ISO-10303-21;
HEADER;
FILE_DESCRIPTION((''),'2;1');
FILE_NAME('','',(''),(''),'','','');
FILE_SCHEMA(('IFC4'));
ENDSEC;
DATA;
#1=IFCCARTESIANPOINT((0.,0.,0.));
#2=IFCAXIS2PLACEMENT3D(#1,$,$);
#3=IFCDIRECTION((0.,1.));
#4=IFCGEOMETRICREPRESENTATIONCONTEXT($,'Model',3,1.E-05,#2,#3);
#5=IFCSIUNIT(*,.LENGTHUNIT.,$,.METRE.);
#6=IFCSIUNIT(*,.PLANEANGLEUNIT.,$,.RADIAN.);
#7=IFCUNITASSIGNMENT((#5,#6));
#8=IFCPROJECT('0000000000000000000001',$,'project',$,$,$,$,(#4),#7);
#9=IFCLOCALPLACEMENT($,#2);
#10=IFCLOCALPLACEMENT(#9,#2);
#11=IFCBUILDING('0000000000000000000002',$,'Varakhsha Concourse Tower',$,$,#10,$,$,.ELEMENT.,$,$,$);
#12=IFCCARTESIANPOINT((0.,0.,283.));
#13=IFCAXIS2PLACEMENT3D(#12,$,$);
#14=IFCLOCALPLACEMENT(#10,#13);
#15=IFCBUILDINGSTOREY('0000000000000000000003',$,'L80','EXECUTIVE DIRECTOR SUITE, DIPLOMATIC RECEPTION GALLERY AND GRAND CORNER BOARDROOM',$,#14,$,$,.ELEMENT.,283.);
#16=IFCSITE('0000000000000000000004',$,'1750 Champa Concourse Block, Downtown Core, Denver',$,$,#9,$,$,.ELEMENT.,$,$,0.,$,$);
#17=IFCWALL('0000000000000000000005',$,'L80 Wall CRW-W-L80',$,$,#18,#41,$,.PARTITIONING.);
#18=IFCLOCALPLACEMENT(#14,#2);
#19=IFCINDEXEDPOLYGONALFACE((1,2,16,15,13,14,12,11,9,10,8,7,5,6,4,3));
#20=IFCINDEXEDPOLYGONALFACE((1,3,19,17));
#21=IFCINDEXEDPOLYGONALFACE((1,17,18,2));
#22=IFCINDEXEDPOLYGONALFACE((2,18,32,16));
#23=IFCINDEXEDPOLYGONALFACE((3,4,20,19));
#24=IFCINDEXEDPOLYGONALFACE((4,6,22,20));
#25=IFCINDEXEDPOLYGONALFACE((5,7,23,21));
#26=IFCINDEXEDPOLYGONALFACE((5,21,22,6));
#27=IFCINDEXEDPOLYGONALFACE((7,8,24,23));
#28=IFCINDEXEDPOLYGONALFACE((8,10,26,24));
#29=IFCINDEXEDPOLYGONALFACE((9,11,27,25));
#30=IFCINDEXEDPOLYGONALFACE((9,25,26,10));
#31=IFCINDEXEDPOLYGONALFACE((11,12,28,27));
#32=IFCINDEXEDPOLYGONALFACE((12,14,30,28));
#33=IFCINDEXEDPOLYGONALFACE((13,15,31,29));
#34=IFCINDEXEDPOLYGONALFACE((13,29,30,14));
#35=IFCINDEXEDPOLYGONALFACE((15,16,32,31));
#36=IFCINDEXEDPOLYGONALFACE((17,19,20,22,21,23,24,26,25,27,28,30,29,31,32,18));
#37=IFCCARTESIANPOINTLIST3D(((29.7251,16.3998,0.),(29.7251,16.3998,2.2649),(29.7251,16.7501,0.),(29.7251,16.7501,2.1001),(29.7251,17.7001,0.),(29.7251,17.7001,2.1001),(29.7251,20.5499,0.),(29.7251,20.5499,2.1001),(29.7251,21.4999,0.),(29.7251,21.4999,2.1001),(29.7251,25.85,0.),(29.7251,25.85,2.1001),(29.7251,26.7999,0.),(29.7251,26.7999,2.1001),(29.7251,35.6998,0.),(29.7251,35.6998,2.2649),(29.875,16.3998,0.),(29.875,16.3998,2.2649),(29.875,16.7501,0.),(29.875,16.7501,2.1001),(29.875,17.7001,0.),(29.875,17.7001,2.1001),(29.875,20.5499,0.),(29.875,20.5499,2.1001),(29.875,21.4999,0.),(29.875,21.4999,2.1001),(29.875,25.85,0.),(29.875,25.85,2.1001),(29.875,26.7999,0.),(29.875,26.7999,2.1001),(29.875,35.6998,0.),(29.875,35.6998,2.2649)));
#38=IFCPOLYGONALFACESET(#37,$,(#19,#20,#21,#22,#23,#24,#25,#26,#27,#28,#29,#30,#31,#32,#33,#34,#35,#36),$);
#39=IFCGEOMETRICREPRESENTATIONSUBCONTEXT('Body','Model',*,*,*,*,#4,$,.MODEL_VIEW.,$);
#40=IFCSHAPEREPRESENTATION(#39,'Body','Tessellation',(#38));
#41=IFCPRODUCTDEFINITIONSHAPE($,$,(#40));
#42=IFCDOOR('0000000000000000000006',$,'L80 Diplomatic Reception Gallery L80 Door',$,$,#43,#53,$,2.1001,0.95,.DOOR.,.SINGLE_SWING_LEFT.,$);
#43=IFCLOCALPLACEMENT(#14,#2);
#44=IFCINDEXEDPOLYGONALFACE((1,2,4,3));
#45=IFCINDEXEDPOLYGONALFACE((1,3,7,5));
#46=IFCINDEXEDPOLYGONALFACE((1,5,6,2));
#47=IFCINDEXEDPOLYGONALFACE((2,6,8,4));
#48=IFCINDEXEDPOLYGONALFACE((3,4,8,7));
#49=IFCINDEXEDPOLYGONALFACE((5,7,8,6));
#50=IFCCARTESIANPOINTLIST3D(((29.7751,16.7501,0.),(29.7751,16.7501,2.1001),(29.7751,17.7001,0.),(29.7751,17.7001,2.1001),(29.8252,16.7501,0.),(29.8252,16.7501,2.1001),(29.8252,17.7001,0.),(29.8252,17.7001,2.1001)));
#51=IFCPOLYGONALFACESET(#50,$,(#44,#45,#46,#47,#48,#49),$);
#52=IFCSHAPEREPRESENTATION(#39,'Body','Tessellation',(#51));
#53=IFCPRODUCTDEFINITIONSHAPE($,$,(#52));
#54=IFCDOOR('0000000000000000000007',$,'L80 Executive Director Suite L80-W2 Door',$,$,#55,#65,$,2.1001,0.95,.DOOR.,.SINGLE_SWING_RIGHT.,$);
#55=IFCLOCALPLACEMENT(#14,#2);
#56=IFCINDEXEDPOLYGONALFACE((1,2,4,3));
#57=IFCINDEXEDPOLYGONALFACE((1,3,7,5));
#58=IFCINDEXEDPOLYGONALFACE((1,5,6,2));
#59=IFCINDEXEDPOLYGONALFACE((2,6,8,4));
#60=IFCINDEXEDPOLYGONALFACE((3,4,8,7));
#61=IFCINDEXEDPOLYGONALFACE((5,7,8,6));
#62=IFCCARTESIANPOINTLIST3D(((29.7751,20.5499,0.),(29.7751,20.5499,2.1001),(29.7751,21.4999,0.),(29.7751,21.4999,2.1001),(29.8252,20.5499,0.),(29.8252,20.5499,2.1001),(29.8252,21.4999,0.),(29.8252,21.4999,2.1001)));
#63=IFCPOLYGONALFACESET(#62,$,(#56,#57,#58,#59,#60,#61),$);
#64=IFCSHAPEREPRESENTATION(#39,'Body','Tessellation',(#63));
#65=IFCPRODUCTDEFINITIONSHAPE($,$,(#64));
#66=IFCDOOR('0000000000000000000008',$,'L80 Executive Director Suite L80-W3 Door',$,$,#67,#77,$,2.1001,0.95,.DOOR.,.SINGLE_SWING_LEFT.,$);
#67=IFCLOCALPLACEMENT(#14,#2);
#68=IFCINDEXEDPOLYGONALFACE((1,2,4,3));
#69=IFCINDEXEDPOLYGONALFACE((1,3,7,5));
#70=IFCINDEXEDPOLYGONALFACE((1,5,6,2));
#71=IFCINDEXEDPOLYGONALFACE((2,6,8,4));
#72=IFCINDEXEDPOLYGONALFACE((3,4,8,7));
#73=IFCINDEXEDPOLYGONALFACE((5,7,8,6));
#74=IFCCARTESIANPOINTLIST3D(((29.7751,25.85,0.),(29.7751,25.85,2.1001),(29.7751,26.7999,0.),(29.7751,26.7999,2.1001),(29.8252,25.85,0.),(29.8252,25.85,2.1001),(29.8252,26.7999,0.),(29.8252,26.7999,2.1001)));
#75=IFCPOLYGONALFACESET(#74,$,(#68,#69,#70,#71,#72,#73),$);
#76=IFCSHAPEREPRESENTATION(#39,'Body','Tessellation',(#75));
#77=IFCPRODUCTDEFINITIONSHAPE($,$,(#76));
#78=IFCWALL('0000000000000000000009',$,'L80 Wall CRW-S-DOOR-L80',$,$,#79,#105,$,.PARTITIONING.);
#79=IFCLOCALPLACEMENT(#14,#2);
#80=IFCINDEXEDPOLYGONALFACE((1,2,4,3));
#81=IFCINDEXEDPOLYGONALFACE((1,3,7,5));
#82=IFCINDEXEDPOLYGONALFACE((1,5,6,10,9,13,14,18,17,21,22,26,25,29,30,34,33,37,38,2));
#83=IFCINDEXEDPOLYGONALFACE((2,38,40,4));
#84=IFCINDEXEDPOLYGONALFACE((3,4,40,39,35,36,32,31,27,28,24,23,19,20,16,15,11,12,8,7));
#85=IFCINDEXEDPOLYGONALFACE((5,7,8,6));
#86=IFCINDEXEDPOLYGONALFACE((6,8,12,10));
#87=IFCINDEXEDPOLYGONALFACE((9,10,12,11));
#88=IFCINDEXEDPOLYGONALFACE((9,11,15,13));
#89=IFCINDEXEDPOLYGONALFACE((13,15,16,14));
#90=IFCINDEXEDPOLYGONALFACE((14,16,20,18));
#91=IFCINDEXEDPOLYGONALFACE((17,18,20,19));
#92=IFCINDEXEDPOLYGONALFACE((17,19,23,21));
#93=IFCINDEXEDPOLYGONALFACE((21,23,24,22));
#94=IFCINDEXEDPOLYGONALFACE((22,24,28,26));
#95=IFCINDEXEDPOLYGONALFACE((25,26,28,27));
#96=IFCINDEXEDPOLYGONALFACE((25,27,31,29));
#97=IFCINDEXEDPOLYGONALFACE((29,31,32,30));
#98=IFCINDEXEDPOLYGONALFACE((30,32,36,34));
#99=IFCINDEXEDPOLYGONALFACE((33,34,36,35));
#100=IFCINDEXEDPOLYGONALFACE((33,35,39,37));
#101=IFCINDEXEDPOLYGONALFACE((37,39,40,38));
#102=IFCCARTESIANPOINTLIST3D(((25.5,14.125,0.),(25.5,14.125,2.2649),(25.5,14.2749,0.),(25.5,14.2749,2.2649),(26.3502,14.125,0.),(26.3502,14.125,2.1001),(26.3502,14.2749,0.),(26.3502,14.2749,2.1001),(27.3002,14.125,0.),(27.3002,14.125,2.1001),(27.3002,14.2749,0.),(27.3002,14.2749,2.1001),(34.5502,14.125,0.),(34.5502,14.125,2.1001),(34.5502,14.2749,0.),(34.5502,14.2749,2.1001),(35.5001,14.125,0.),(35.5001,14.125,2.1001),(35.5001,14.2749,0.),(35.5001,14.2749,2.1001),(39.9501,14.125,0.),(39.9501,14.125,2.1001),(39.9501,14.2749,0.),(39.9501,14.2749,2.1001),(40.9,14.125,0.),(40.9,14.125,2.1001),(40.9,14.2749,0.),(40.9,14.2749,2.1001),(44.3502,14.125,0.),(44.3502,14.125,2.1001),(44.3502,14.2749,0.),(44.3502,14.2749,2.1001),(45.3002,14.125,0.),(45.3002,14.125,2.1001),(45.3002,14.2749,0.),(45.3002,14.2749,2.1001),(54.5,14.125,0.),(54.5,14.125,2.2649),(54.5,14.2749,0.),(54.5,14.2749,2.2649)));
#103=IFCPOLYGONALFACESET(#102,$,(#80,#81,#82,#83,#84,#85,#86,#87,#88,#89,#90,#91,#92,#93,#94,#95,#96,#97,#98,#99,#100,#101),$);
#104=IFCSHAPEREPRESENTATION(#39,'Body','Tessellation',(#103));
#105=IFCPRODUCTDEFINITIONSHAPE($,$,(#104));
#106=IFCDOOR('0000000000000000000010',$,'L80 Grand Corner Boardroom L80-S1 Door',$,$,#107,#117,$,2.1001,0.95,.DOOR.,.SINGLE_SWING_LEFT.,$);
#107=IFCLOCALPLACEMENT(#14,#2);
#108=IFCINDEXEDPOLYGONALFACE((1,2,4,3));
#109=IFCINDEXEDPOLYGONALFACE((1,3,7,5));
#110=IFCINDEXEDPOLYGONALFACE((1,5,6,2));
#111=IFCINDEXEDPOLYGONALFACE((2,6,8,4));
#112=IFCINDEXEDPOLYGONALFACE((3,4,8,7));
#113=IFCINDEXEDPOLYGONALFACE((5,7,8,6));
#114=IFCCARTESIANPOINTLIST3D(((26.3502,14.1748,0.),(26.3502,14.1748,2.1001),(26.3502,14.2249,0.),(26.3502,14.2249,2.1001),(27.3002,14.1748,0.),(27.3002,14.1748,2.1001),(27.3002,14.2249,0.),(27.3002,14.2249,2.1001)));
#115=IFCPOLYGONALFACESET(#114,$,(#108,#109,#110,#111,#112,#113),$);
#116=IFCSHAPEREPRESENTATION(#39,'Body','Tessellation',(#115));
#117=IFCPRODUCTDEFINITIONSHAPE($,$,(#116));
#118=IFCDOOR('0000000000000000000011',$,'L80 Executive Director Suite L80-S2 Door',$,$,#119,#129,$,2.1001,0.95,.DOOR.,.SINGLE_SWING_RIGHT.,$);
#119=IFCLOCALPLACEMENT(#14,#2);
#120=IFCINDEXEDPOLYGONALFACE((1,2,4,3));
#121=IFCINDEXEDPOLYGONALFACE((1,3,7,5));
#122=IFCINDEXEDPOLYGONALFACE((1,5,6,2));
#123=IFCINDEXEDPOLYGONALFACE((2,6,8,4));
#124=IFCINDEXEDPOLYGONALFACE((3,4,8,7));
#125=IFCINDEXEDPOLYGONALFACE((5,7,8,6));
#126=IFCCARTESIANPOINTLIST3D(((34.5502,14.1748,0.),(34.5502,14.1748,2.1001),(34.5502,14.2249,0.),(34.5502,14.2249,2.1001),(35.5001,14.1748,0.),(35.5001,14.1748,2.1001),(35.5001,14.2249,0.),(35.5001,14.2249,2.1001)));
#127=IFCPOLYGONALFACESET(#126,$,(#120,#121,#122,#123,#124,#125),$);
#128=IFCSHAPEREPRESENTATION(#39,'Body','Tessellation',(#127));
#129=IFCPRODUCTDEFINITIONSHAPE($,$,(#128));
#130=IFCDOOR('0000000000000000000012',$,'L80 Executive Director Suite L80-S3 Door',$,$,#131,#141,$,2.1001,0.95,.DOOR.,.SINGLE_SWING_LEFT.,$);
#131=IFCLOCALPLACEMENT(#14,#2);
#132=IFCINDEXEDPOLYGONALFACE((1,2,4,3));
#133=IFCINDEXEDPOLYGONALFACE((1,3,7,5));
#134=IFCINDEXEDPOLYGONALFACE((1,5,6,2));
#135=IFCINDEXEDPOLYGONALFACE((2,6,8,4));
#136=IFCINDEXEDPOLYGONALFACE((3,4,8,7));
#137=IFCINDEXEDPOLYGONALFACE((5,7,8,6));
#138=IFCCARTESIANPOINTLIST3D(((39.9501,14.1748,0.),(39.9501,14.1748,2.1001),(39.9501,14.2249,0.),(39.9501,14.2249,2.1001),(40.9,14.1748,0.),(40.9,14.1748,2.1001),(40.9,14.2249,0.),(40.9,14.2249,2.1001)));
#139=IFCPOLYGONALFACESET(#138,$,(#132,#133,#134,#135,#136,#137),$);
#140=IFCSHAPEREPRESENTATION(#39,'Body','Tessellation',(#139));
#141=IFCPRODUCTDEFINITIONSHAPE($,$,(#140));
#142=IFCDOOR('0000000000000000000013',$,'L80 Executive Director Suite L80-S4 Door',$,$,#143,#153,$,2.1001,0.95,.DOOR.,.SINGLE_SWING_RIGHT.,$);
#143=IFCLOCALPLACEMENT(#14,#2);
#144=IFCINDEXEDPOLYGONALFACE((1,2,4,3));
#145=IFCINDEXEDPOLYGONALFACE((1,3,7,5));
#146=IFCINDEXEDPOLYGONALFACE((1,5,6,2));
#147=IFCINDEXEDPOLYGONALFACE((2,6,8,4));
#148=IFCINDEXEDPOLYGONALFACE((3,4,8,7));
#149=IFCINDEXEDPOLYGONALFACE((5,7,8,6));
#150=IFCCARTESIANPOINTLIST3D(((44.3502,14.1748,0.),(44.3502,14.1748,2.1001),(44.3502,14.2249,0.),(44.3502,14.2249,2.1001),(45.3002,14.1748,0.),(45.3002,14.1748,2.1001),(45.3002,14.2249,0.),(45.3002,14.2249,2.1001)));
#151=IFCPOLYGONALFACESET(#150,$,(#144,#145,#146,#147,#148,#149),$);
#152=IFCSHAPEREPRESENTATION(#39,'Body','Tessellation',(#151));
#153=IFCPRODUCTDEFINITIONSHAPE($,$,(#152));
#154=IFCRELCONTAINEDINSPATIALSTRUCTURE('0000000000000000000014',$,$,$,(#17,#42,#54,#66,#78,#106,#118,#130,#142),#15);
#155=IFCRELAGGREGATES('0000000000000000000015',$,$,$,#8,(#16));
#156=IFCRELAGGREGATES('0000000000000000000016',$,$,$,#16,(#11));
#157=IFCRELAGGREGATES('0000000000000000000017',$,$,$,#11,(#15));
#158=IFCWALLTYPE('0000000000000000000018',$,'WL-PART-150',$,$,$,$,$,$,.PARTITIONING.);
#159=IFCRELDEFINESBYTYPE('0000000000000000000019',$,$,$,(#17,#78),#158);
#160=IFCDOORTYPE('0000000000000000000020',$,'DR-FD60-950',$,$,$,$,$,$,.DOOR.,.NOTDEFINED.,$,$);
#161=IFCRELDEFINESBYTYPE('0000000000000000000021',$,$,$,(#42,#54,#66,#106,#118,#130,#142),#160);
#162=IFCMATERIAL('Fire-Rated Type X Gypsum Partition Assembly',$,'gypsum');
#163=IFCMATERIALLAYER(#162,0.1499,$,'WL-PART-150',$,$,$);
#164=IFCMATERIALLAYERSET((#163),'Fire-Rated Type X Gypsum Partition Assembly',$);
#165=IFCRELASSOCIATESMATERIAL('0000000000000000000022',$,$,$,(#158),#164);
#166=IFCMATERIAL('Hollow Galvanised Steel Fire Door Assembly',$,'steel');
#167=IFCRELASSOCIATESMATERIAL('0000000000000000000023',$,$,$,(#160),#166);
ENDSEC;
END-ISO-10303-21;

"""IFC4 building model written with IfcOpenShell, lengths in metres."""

from ifc_helpers import new_model, si_unit, direction, frame, frame_2d, origin, place, context, subcontext, project, spatial, rectangle, extrude, material, layer, layer_set, type_object, element, fill, save


model = new_model("IFC4")

# Units and contexts
model_context = context("Model", 3, precision=1e-05, world=origin(), true_north=direction((0.0, 1.0)))
body_context = subcontext(model_context, "Body", "Model", "MODEL_VIEW")
ifc_project = project(units=[si_unit("LENGTHUNIT", "METRE"), si_unit("PLANEANGLEUNIT", "RADIAN")], contexts=[model_context])

# Site, building, storey
site_placement = place(None, origin())
site = spatial("IfcSite", under=ifc_project, at=site_placement, Name="1750 Champa Concourse Block, Downtown Core, Denver", CompositionType="ELEMENT", RefElevation=0.0)
building_placement = place(site_placement, origin())
building = spatial("IfcBuilding", under=site, at=building_placement, Name="Varakhsha Concourse Tower", CompositionType="ELEMENT")
storey_placement = place(building_placement, frame((0.0, 0.0, 283.0)))
storey = spatial("IfcBuildingStorey", under=building, at=storey_placement, Name="L80", Description="EXECUTIVE DIRECTOR SUITE, DIPLOMATIC RECEPTION GALLERY AND GRAND CORNER BOARDROOM", CompositionType="ELEMENT", Elevation=283.0)

# Walls, openings, doors
ifc_material_1 = material(Name="Fire-Rated Type X Gypsum Partition Assembly", Category="gypsum")
ifc_layer_1 = layer(ifc_material_1, 0.1499, Name="WL-PART-150")
ifc_layer_set_1 = layer_set([ifc_layer_1], Name="Fire-Rated Type X Gypsum Partition Assembly")
wall_type = type_object("IfcWallType", Name="WL-PART-150", PredefinedType="PARTITIONING", material=ifc_layer_set_1)
wall_1_placement = place(storey_placement, frame((29.8, 16.3999, 0.0), z_axis=(0.0, 0.0, 1.0), x_axis=(0.0, 1.0, 0.0)))
wall_1 = element("IfcWall", 1, at=wall_1_placement, inside=storey, type_object=wall_type, Name="L80 Wall CRW-W-L80", PredefinedType="PARTITIONING", context=body_context, shape_type="SweptSolid", body=[
    extrude(rectangle(XDim=19.3, YDim=0.1499, at=frame_2d((9.6499, 0.0))), origin(), (0.0, 0.0, 1.0), 2.2649),
])
opening_1_placement = place(wall_1_placement, frame((0.3501, 0.0, 0.0)))
opening_1 = element("IfcOpeningElement", 2, at=opening_1_placement, cuts=wall_1, PredefinedType="OPENING", context=body_context, shape_type="SweptSolid", body=[
    extrude(rectangle(XDim=0.95, YDim=2.1001, at=frame_2d((0.4751, 1.05))), frame((0.0, 0.085, 0.0), z_axis=(0.0, -1.0, 0.0), x_axis=(1.0, 0.0, 0.0)), (0.0, 0.0, 1.0), 0.1699),
])
opening_2_placement = place(wall_1_placement, frame((4.1499, 0.0, 0.0)))
opening_2 = element("IfcOpeningElement", 3, at=opening_2_placement, cuts=wall_1, PredefinedType="OPENING", context=body_context, shape_type="SweptSolid", body=[
    extrude(rectangle(XDim=0.95, YDim=2.1001, at=frame_2d((0.4751, 1.05))), frame((0.0, 0.085, 0.0), z_axis=(0.0, -1.0, 0.0), x_axis=(1.0, 0.0, 0.0)), (0.0, 0.0, 1.0), 0.1699),
])
opening_3_placement = place(wall_1_placement, frame((9.45, 0.0, 0.0)))
opening_3 = element("IfcOpeningElement", 4, at=opening_3_placement, cuts=wall_1, PredefinedType="OPENING", context=body_context, shape_type="SweptSolid", body=[
    extrude(rectangle(XDim=0.95, YDim=2.1001, at=frame_2d((0.4751, 1.05))), frame((0.0, 0.085, 0.0), z_axis=(0.0, -1.0, 0.0), x_axis=(1.0, 0.0, 0.0)), (0.0, 0.0, 1.0), 0.1699),
])
ifc_material_2 = material(Name="Hollow Galvanised Steel Fire Door Assembly", Category="steel")
door_type = type_object("IfcDoorType", Name="DR-FD60-950", OperationType="NOTDEFINED", PredefinedType="DOOR", material=ifc_material_2)
door_1_placement = place(opening_1_placement, origin())
door_1 = element("IfcDoor", 5, at=door_1_placement, inside=storey, type_object=door_type, Name="L80 Diplomatic Reception Gallery L80 Door", OperationType="SINGLE_SWING_LEFT", OverallHeight=2.1001, OverallWidth=0.95, PredefinedType="DOOR", context=body_context, shape_type="SweptSolid", body=[
    extrude(rectangle(XDim=0.95, YDim=2.1001, at=frame_2d((0.4751, 1.05))), frame((0.0, 0.0249, 0.0), z_axis=(0.0, -1.0, 0.0), x_axis=(1.0, 0.0, 0.0)), (0.0, 0.0, 1.0), 0.05),
])
fill(opening_1, door_1)
door_2_placement = place(opening_2_placement, origin())
door_2 = element("IfcDoor", 6, at=door_2_placement, inside=storey, type_object=door_type, Name="L80 Executive Director Suite L80-W2 Door", OperationType="SINGLE_SWING_RIGHT", OverallHeight=2.1001, OverallWidth=0.95, PredefinedType="DOOR", context=body_context, shape_type="SweptSolid", body=[
    extrude(rectangle(XDim=0.95, YDim=2.1001, at=frame_2d((0.4751, 1.05))), frame((0.0, 0.0249, 0.0), z_axis=(0.0, -1.0, 0.0), x_axis=(1.0, 0.0, 0.0)), (0.0, 0.0, 1.0), 0.05),
])
fill(opening_2, door_2)
door_3_placement = place(opening_3_placement, origin())
door_3 = element("IfcDoor", 7, at=door_3_placement, inside=storey, type_object=door_type, Name="L80 Executive Director Suite L80-W3 Door", OperationType="SINGLE_SWING_LEFT", OverallHeight=2.1001, OverallWidth=0.95, PredefinedType="DOOR", context=body_context, shape_type="SweptSolid", body=[
    extrude(rectangle(XDim=0.95, YDim=2.1001, at=frame_2d((0.4751, 1.05))), frame((0.0, 0.0249, 0.0), z_axis=(0.0, -1.0, 0.0), x_axis=(1.0, 0.0, 0.0)), (0.0, 0.0, 1.0), 0.05),
])
fill(opening_3, door_3)
wall_2_placement = place(storey_placement, frame((25.5, 14.2, 0.0), z_axis=(0.0, 0.0, 1.0), x_axis=(1.0, 0.0, 0.0)))
wall_2 = element("IfcWall", 8, at=wall_2_placement, inside=storey, type_object=wall_type, Name="L80 Wall CRW-S-DOOR-L80", PredefinedType="PARTITIONING", context=body_context, shape_type="SweptSolid", body=[
    extrude(rectangle(XDim=29.0, YDim=0.1499, at=frame_2d((14.5, 0.0))), origin(), (0.0, 0.0, 1.0), 2.2649),
])
opening_4_placement = place(wall_2_placement, frame((0.8501, 0.0, 0.0)))
opening_4 = element("IfcOpeningElement", 9, at=opening_4_placement, cuts=wall_2, PredefinedType="OPENING", context=body_context, shape_type="SweptSolid", body=[
    extrude(rectangle(XDim=0.95, YDim=2.1001, at=frame_2d((0.4751, 1.05))), frame((0.0, 0.085, 0.0), z_axis=(0.0, -1.0, 0.0), x_axis=(1.0, 0.0, 0.0)), (0.0, 0.0, 1.0), 0.1699),
])
opening_5_placement = place(wall_2_placement, frame((9.05, 0.0, 0.0)))
opening_5 = element("IfcOpeningElement", 10, at=opening_5_placement, cuts=wall_2, PredefinedType="OPENING", context=body_context, shape_type="SweptSolid", body=[
    extrude(rectangle(XDim=0.95, YDim=2.1001, at=frame_2d((0.4751, 1.05))), frame((0.0, 0.085, 0.0), z_axis=(0.0, -1.0, 0.0), x_axis=(1.0, 0.0, 0.0)), (0.0, 0.0, 1.0), 0.1699),
])
opening_6_placement = place(wall_2_placement, frame((14.45, 0.0, 0.0)))
opening_6 = element("IfcOpeningElement", 11, at=opening_6_placement, cuts=wall_2, PredefinedType="OPENING", context=body_context, shape_type="SweptSolid", body=[
    extrude(rectangle(XDim=0.95, YDim=2.1001, at=frame_2d((0.4751, 1.05))), frame((0.0, 0.085, 0.0), z_axis=(0.0, -1.0, 0.0), x_axis=(1.0, 0.0, 0.0)), (0.0, 0.0, 1.0), 0.1699),
])
opening_7_placement = place(wall_2_placement, frame((18.8501, 0.0, 0.0)))
opening_7 = element("IfcOpeningElement", 12, at=opening_7_placement, cuts=wall_2, PredefinedType="OPENING", context=body_context, shape_type="SweptSolid", body=[
    extrude(rectangle(XDim=0.95, YDim=2.1001, at=frame_2d((0.4751, 1.05))), frame((0.0, 0.085, 0.0), z_axis=(0.0, -1.0, 0.0), x_axis=(1.0, 0.0, 0.0)), (0.0, 0.0, 1.0), 0.1699),
])
door_4_placement = place(opening_4_placement, origin())
door_4 = element("IfcDoor", 13, at=door_4_placement, inside=storey, type_object=door_type, Name="L80 Grand Corner Boardroom L80-S1 Door", OperationType="SINGLE_SWING_LEFT", OverallHeight=2.1001, OverallWidth=0.95, PredefinedType="DOOR", context=body_context, shape_type="SweptSolid", body=[
    extrude(rectangle(XDim=0.95, YDim=2.1001, at=frame_2d((0.4751, 1.05))), frame((0.0, 0.0249, 0.0), z_axis=(0.0, -1.0, 0.0), x_axis=(1.0, 0.0, 0.0)), (0.0, 0.0, 1.0), 0.05),
])
fill(opening_4, door_4)
door_5_placement = place(opening_5_placement, origin())
door_5 = element("IfcDoor", 14, at=door_5_placement, inside=storey, type_object=door_type, Name="L80 Executive Director Suite L80-S2 Door", OperationType="SINGLE_SWING_RIGHT", OverallHeight=2.1001, OverallWidth=0.95, PredefinedType="DOOR", context=body_context, shape_type="SweptSolid", body=[
    extrude(rectangle(XDim=0.95, YDim=2.1001, at=frame_2d((0.4751, 1.05))), frame((0.0, 0.0249, 0.0), z_axis=(0.0, -1.0, 0.0), x_axis=(1.0, 0.0, 0.0)), (0.0, 0.0, 1.0), 0.05),
])
fill(opening_5, door_5)
door_6_placement = place(opening_6_placement, origin())
door_6 = element("IfcDoor", 15, at=door_6_placement, inside=storey, type_object=door_type, Name="L80 Executive Director Suite L80-S3 Door", OperationType="SINGLE_SWING_LEFT", OverallHeight=2.1001, OverallWidth=0.95, PredefinedType="DOOR", context=body_context, shape_type="SweptSolid", body=[
    extrude(rectangle(XDim=0.95, YDim=2.1001, at=frame_2d((0.4751, 1.05))), frame((0.0, 0.0249, 0.0), z_axis=(0.0, -1.0, 0.0), x_axis=(1.0, 0.0, 0.0)), (0.0, 0.0, 1.0), 0.05),
])
fill(opening_6, door_6)
door_7_placement = place(opening_7_placement, origin())
door_7 = element("IfcDoor", 16, at=door_7_placement, inside=storey, type_object=door_type, Name="L80 Executive Director Suite L80-S4 Door", OperationType="SINGLE_SWING_RIGHT", OverallHeight=2.1001, OverallWidth=0.95, PredefinedType="DOOR", context=body_context, shape_type="SweptSolid", body=[
    extrude(rectangle(XDim=0.95, YDim=2.1001, at=frame_2d((0.4751, 1.05))), frame((0.0, 0.0249, 0.0), z_axis=(0.0, -1.0, 0.0), x_axis=(1.0, 0.0, 0.0)), (0.0, 0.0, 1.0), 0.05),
])
fill(opening_7, door_7)

save(model, "model.ifc")
